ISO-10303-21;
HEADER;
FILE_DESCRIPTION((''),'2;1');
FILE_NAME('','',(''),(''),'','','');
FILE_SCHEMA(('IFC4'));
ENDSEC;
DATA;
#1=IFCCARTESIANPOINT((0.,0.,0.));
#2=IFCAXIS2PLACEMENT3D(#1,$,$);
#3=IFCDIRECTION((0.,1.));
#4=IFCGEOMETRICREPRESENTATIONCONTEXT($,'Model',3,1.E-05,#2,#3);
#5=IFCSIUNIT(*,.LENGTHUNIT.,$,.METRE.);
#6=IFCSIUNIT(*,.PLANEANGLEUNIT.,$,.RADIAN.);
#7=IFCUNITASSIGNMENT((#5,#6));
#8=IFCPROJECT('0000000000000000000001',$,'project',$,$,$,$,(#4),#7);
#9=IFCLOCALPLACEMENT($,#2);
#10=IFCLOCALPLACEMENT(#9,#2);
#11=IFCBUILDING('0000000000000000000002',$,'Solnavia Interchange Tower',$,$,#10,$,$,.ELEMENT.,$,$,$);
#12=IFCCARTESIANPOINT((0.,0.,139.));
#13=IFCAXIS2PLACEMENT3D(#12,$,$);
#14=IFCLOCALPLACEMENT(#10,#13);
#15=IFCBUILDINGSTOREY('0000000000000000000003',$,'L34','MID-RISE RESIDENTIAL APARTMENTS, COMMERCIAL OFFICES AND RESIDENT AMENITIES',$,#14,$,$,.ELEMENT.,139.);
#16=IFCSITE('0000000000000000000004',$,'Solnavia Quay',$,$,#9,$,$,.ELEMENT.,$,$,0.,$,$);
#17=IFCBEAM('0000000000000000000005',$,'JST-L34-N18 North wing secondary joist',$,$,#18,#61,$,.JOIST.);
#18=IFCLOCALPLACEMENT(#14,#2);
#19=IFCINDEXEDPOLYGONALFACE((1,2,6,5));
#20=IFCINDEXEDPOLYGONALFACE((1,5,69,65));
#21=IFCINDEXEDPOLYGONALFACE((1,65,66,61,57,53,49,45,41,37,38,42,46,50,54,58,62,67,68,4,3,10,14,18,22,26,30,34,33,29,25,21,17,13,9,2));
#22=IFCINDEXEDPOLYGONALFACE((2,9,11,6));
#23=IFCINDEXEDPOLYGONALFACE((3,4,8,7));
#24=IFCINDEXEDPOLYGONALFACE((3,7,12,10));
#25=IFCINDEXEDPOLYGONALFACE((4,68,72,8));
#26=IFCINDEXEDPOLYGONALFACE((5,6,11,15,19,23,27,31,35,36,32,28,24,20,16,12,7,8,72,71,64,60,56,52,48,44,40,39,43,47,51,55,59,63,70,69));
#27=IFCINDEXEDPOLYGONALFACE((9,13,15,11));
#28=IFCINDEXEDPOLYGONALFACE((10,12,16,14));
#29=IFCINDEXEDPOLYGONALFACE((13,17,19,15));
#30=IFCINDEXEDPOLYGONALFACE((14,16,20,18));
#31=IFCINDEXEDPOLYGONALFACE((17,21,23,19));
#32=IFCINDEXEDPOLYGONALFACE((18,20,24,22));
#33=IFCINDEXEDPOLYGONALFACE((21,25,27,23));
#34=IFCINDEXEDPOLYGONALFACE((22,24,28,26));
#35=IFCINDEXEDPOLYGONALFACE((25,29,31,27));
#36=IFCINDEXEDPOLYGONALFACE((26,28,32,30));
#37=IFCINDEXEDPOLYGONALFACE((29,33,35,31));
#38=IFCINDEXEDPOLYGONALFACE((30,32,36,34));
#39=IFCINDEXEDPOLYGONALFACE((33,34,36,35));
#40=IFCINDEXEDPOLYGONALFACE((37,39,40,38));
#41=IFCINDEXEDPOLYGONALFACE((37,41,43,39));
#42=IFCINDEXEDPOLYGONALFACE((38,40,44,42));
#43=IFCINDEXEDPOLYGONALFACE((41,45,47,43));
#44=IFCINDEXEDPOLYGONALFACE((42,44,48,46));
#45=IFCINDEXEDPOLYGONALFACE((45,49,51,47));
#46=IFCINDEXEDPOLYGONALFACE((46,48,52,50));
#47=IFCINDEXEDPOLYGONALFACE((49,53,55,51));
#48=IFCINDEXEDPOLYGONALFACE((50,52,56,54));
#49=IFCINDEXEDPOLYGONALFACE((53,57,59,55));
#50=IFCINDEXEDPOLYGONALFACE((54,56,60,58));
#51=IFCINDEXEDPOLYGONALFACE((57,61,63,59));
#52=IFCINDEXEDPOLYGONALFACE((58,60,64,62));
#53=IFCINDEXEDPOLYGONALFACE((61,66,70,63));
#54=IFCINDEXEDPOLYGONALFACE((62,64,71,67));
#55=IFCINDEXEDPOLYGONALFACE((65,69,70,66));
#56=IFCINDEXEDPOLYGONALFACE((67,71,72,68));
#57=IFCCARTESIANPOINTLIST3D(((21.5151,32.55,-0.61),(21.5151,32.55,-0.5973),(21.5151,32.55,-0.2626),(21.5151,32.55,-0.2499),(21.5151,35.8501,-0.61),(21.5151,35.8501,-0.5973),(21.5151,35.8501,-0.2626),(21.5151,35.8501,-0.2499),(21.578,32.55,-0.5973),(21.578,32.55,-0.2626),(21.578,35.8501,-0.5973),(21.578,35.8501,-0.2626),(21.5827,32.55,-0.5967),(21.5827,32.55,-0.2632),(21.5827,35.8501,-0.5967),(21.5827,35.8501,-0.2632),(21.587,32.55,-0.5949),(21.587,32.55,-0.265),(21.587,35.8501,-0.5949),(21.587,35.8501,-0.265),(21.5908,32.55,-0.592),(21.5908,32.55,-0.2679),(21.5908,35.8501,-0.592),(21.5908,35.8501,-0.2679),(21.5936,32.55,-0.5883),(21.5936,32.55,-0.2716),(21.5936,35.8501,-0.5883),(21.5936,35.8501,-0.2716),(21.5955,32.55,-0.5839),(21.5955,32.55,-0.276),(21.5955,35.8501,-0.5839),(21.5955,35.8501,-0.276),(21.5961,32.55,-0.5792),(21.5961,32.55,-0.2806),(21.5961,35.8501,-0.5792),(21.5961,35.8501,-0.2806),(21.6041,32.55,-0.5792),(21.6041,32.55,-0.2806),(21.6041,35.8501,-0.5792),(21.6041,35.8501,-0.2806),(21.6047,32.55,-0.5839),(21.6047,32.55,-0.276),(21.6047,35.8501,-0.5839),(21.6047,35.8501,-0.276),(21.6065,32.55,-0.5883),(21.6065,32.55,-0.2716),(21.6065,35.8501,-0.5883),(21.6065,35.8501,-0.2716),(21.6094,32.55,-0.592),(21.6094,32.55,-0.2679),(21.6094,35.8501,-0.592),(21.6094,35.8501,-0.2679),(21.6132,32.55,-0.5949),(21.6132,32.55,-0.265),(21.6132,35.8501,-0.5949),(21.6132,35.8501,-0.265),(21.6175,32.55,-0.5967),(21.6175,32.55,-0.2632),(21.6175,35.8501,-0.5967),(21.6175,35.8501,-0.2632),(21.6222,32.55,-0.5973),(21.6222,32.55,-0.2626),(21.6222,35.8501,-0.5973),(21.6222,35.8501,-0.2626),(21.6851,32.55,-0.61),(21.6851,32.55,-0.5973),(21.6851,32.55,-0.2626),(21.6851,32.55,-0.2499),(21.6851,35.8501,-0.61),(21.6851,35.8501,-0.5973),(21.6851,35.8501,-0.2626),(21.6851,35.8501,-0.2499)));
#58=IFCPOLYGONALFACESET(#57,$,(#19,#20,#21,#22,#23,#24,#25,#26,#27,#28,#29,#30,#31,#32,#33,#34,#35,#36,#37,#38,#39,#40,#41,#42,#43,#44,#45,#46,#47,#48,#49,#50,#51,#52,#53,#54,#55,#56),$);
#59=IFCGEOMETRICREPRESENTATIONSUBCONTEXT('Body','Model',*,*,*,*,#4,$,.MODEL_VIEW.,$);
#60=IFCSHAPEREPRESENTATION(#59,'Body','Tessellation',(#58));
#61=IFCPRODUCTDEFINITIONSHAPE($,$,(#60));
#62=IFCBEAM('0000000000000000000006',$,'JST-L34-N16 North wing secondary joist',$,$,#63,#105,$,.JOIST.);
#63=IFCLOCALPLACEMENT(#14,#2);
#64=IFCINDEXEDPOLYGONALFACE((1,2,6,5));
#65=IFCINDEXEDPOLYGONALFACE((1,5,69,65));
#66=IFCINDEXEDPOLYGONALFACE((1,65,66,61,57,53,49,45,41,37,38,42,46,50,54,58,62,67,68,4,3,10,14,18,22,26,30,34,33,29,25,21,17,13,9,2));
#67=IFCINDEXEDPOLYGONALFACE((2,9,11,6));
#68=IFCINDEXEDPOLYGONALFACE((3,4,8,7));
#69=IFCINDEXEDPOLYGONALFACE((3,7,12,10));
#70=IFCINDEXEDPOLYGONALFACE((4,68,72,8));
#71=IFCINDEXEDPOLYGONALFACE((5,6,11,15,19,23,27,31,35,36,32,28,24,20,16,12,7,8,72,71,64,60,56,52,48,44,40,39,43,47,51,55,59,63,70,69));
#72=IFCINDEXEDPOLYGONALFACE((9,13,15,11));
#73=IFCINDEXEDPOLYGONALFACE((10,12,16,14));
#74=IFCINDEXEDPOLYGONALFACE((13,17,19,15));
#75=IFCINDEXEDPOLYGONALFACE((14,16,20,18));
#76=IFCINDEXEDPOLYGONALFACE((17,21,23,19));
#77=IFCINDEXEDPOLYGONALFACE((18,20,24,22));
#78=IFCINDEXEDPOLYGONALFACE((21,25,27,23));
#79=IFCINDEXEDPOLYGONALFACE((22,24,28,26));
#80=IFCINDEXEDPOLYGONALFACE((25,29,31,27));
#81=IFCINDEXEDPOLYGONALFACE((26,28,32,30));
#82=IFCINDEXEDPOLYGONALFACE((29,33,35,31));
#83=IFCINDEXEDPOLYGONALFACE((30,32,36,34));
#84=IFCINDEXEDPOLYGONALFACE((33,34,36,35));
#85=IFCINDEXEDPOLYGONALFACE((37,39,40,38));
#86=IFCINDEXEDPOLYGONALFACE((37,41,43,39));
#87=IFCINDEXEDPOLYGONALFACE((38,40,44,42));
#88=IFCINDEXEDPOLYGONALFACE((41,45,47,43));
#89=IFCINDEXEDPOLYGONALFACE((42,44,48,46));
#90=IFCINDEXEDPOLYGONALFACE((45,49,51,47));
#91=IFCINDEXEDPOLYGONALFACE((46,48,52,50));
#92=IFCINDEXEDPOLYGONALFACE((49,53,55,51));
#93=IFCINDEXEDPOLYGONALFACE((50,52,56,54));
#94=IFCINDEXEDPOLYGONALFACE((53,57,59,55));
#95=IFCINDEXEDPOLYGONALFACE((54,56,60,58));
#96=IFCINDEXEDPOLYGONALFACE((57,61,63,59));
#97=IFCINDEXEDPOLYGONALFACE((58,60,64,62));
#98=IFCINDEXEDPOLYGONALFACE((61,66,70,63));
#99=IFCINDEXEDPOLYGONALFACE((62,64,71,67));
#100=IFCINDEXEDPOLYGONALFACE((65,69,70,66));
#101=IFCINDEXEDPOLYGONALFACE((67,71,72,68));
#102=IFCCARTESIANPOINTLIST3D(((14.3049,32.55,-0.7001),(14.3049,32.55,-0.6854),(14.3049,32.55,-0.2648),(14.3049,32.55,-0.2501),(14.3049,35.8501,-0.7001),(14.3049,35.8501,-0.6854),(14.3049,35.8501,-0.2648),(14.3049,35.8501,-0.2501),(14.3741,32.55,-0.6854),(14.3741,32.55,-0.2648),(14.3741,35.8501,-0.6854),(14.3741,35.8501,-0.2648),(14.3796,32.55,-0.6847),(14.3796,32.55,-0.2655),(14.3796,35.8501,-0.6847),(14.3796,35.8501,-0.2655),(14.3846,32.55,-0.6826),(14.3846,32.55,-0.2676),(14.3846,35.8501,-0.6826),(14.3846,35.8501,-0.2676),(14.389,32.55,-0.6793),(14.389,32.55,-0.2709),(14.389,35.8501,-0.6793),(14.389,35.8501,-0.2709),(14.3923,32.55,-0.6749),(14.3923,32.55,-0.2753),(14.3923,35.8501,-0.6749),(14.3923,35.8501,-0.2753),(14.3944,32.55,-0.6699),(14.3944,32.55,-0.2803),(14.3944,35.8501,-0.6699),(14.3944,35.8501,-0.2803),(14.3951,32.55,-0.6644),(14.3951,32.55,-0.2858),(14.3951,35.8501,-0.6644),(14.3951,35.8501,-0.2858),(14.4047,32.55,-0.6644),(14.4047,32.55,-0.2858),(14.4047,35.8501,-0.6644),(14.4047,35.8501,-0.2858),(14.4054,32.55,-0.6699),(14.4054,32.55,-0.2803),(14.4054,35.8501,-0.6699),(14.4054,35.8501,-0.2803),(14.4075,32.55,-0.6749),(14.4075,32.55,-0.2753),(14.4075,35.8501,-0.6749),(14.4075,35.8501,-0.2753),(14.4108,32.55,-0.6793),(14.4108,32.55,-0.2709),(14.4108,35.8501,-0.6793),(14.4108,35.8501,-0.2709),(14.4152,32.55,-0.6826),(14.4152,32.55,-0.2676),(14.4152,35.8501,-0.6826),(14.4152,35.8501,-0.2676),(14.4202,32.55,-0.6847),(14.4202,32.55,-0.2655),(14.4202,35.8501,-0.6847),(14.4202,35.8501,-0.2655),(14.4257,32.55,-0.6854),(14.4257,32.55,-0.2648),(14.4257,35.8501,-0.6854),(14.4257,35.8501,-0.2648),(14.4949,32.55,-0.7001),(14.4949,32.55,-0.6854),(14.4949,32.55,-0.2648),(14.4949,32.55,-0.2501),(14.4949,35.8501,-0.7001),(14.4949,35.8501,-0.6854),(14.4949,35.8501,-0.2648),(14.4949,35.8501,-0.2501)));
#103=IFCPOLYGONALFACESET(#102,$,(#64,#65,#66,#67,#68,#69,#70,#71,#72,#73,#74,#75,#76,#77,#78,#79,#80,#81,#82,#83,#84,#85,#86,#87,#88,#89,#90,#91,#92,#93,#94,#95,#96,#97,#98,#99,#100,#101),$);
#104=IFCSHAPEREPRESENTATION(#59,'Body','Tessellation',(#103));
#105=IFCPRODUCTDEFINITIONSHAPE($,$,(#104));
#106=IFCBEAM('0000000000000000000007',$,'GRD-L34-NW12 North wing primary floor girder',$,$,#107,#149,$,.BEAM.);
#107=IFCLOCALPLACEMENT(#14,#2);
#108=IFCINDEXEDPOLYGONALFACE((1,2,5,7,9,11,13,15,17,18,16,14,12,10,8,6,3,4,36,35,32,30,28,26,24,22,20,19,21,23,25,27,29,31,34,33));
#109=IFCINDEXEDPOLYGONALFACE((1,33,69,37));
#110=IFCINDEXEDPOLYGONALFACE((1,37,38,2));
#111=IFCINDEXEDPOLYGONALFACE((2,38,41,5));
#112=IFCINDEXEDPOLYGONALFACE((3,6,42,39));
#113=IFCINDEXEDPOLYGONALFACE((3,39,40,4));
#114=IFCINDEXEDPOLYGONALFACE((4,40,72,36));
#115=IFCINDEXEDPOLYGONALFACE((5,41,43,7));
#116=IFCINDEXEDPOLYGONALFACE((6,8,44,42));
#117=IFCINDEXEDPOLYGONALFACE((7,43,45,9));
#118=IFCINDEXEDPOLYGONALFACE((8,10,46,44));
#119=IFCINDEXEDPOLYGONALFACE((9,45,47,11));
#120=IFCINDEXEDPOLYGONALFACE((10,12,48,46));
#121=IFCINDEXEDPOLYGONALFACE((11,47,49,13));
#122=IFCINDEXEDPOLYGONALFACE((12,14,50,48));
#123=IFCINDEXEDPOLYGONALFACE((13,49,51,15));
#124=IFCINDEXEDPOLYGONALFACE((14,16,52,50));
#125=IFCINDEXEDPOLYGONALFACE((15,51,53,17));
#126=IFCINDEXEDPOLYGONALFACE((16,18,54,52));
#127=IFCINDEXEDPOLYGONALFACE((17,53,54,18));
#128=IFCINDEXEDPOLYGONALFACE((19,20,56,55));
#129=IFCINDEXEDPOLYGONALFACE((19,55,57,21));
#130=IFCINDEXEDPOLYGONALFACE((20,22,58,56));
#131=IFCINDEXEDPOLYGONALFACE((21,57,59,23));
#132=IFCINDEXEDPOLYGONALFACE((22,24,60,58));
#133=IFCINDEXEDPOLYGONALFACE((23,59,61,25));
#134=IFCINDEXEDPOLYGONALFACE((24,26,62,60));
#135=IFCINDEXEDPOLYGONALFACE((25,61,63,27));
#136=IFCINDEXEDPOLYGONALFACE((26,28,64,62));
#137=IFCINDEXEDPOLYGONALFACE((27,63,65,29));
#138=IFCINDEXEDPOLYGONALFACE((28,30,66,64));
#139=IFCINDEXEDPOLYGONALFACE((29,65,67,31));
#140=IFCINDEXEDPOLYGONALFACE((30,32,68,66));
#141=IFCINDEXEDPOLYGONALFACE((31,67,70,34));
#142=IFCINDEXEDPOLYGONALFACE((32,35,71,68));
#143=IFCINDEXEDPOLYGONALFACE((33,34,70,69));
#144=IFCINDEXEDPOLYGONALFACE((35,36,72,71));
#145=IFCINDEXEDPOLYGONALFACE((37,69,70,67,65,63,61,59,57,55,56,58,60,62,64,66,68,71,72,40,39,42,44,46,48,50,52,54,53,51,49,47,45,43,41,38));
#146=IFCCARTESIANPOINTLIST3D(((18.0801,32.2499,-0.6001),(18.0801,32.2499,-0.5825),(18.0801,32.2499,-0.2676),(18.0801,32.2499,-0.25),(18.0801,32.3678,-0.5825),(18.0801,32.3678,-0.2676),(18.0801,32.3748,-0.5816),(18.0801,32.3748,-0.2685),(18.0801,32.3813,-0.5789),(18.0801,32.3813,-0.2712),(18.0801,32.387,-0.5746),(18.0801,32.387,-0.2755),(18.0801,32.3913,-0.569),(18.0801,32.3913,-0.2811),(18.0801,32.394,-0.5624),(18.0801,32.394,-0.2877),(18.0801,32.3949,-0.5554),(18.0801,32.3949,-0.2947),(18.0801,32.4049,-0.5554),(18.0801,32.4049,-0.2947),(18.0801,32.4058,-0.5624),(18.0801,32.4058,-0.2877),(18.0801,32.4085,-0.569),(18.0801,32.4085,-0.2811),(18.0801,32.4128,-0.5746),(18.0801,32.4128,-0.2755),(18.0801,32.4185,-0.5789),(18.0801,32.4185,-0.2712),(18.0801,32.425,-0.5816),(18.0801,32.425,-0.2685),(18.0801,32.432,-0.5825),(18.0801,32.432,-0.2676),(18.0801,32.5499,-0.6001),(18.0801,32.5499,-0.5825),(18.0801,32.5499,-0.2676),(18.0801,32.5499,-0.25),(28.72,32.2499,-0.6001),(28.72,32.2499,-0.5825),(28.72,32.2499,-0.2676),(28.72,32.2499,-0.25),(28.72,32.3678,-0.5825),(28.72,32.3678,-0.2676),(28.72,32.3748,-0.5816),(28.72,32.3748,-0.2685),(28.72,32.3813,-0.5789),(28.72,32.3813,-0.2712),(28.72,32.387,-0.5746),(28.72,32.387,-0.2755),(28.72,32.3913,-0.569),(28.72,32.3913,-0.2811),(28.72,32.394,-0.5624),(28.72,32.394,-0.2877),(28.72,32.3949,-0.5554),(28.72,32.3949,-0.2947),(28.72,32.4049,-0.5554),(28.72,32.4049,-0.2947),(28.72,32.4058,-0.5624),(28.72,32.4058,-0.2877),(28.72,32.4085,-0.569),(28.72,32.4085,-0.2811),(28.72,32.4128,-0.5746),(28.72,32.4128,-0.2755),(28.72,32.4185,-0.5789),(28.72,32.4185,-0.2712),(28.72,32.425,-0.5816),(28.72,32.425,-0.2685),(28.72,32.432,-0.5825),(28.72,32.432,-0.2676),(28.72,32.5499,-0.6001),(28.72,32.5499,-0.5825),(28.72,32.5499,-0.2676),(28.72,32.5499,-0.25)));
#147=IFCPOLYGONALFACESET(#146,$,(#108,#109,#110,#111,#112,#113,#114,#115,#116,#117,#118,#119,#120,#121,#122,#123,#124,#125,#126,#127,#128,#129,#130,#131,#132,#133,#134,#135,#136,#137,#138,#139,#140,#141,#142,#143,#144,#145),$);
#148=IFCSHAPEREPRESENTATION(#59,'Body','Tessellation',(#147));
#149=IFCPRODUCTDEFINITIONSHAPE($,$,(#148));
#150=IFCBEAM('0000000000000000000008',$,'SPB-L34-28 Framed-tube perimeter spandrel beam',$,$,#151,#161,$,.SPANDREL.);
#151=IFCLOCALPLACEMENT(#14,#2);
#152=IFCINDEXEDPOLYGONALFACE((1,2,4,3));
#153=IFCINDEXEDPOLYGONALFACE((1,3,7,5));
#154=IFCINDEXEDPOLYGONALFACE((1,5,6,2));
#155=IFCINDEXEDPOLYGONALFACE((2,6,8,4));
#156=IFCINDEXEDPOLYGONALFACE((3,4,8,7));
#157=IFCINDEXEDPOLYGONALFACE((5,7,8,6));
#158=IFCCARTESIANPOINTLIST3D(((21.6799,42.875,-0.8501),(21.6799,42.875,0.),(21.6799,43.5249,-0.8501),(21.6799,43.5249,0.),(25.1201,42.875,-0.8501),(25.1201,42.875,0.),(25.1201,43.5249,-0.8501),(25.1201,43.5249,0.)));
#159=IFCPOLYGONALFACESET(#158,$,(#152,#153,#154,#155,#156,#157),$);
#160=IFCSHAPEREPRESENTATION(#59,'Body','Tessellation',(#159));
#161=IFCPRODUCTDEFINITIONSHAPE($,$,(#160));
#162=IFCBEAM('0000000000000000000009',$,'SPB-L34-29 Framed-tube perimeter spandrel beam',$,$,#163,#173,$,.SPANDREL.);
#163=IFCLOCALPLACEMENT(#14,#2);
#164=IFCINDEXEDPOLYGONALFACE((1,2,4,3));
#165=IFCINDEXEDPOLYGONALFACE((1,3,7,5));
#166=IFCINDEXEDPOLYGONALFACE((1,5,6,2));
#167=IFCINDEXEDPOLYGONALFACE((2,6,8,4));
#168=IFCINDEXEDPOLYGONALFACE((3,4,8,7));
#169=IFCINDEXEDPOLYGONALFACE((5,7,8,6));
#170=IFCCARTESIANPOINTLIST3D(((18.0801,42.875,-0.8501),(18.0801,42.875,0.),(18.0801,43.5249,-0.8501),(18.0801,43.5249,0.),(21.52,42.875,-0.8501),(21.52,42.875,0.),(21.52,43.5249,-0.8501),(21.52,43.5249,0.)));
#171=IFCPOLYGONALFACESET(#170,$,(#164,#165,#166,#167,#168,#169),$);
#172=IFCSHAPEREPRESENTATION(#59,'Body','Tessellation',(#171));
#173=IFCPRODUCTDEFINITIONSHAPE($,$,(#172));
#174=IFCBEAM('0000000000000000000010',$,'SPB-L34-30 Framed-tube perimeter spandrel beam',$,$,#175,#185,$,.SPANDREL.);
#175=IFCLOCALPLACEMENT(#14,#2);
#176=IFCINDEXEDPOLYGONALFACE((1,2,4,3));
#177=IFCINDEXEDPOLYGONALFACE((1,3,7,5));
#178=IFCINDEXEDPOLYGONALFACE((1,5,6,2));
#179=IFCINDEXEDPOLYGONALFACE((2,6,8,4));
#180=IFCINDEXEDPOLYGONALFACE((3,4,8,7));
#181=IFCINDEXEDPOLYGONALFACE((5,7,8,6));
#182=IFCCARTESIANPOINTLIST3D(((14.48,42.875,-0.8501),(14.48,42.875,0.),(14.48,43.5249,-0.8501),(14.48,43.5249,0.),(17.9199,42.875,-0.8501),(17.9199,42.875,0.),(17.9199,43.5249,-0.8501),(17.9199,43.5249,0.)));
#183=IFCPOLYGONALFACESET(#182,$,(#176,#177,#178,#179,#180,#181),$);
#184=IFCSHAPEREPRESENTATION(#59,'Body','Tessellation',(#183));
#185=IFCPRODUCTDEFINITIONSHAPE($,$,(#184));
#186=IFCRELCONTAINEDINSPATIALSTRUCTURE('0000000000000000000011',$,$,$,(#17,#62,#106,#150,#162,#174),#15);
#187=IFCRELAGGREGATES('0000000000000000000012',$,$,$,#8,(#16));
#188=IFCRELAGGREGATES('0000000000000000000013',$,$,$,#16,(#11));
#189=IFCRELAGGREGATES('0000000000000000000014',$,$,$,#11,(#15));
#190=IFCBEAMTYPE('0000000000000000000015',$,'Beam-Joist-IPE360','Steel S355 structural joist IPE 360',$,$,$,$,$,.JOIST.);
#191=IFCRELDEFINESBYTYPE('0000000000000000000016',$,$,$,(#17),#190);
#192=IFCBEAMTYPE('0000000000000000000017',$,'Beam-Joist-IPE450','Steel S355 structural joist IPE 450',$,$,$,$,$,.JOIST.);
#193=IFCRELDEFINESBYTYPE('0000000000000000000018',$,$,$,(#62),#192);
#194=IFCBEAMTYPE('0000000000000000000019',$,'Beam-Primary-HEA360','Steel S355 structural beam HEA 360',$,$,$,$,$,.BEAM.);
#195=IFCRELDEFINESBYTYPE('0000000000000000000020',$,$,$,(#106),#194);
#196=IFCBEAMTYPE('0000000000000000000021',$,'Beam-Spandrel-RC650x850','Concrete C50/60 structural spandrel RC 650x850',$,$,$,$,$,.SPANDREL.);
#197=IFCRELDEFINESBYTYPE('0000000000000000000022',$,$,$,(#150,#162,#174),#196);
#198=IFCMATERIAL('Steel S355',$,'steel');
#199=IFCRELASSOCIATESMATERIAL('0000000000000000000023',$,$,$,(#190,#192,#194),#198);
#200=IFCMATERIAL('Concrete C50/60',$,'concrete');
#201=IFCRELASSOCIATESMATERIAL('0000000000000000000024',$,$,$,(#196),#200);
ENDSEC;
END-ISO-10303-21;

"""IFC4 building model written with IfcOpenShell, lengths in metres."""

from ifc_helpers import new_model, si_unit, direction, frame, origin, origin_2d, place, context, subcontext, project, spatial, rectangle, i_section, extrude, material, material_profile, profile_set, type_object, element, save


model = new_model("IFC4")

# Units and contexts
model_context = context("Model", 3, precision=1e-05, world=origin(), true_north=direction((0.0, 1.0)))
body_context = subcontext(model_context, "Body", "Model", "MODEL_VIEW")
ifc_project = project(units=[si_unit("LENGTHUNIT", "METRE"), si_unit("PLANEANGLEUNIT", "RADIAN")], contexts=[model_context])

# Site, building, storey
site_placement = place(None, origin())
site = spatial("IfcSite", under=ifc_project, at=site_placement, Name="Solnavia Quay", CompositionType="ELEMENT", RefElevation=0.0)
building_placement = place(site_placement, origin())
building = spatial("IfcBuilding", under=site, at=building_placement, Name="Solnavia Interchange Tower", CompositionType="ELEMENT")
storey_placement = place(building_placement, frame((0.0, 0.0, 139.0)))
storey = spatial("IfcBuildingStorey", under=building, at=storey_placement, Name="L34", Description="MID-RISE RESIDENTIAL APARTMENTS, COMMERCIAL OFFICES AND RESIDENT AMENITIES", CompositionType="ELEMENT", Elevation=139.0)

# Shared definitions
ifc_material_1 = material(Name="Concrete C50/60", Category="concrete")
ifc_material_2 = material(Name="Steel S355", Category="steel")

# Beams
ifc_material_profile_1 = material_profile(ifc_material_2, i_section(OverallWidth=0.1699, OverallDepth=0.3601, WebThickness=0.0081, FlangeThickness=0.0127, FilletRadius=0.0181, at=origin_2d()), Name="IPE 360")
ifc_profile_set_1 = profile_set([ifc_material_profile_1], Name="Steel S355")
beam_type_1 = type_object("IfcBeamType", Name="Beam-Joist-IPE360", Description="Steel S355 structural joist IPE 360", PredefinedType="JOIST", material=ifc_profile_set_1)
beam_1_placement = place(storey_placement, frame((21.6001, 32.55, -0.4299), z_axis=(0.0, 1.0, 0.0), x_axis=(-1.0, 0.0, 0.0)))
element("IfcBeam", 1, at=beam_1_placement, inside=storey, type_object=beam_type_1, Name="JST-L34-N18 North wing secondary joist", PredefinedType="JOIST", context=body_context, shape_type="SweptSolid", body=[
    extrude(i_section(OverallWidth=0.1699, OverallDepth=0.3601, WebThickness=0.0081, FlangeThickness=0.0127, FilletRadius=0.0181, at=origin_2d()), origin(), (0.0, 0.0, 1.0), 3.3),
])
ifc_material_profile_2 = material_profile(ifc_material_2, i_section(OverallWidth=0.1899, OverallDepth=0.45, WebThickness=0.0095, FlangeThickness=0.0146, FilletRadius=0.021, at=origin_2d()), Name="IPE 450")
ifc_profile_set_2 = profile_set([ifc_material_profile_2], Name="Steel S355")
beam_type_2 = type_object("IfcBeamType", Name="Beam-Joist-IPE450", Description="Steel S355 structural joist IPE 450", PredefinedType="JOIST", material=ifc_profile_set_2)
beam_2_placement = place(storey_placement, frame((14.3999, 32.55, -0.4751), z_axis=(0.0, 1.0, 0.0), x_axis=(-1.0, 0.0, 0.0)))
element("IfcBeam", 2, at=beam_2_placement, inside=storey, type_object=beam_type_2, Name="JST-L34-N16 North wing secondary joist", PredefinedType="JOIST", context=body_context, shape_type="SweptSolid", body=[
    extrude(i_section(OverallWidth=0.1899, OverallDepth=0.45, WebThickness=0.0095, FlangeThickness=0.0146, FilletRadius=0.021, at=origin_2d()), origin(), (0.0, 0.0, 1.0), 3.3),
])
ifc_material_profile_3 = material_profile(ifc_material_2, i_section(OverallWidth=0.3, OverallDepth=0.3501, WebThickness=0.01, FlangeThickness=0.0176, FilletRadius=0.0271, at=origin_2d()), Name="HEA 360")
ifc_profile_set_3 = profile_set([ifc_material_profile_3], Name="Steel S355")
beam_type_3 = type_object("IfcBeamType", Name="Beam-Primary-HEA360", Description="Steel S355 structural beam HEA 360", PredefinedType="BEAM", material=ifc_profile_set_3)
beam_3_placement = place(storey_placement, frame((18.0801, 32.3999, -0.425), z_axis=(1.0, 0.0, 0.0), x_axis=(0.0, 1.0, 0.0)))
element("IfcBeam", 3, at=beam_3_placement, inside=storey, type_object=beam_type_3, Name="GRD-L34-NW12 North wing primary floor girder", PredefinedType="BEAM", context=body_context, shape_type="SweptSolid", body=[
    extrude(i_section(OverallWidth=0.3, OverallDepth=0.3501, WebThickness=0.01, FlangeThickness=0.0176, FilletRadius=0.0271, at=origin_2d()), origin(), (0.0, 0.0, 1.0), 10.6399),
])
ifc_material_profile_4 = material_profile(ifc_material_1, rectangle(XDim=0.6499, YDim=0.8501, at=origin_2d()), Name="RC 650x850")
ifc_profile_set_4 = profile_set([ifc_material_profile_4], Name="Concrete C50/60")
beam_type_4 = type_object("IfcBeamType", Name="Beam-Spandrel-RC650x850", Description="Concrete C50/60 structural spandrel RC 650x850", PredefinedType="SPANDREL", material=ifc_profile_set_4)
beam_4_placement = place(storey_placement, frame((25.1201, 43.2, -0.425), z_axis=(-1.0, 0.0, 0.0), x_axis=(0.0, -1.0, 0.0)))
element("IfcBeam", 4, at=beam_4_placement, inside=storey, type_object=beam_type_4, Name="SPB-L34-28 Framed-tube perimeter spandrel beam", PredefinedType="SPANDREL", context=body_context, shape_type="SweptSolid", body=[
    extrude(rectangle(XDim=0.6499, YDim=0.8501, at=origin_2d()), origin(), (0.0, 0.0, 1.0), 3.4402),
])
for number, where, z_axis, x_axis, name in (
    (5, (21.52, 43.2, -0.425), (-1.0, 0.0, 0.0), (0.0, -1.0, 0.0), "SPB-L34-29 Framed-tube perimeter spandrel beam"),
    (6, (17.9199, 43.2, -0.425), (-1.0, 0.0, 0.0), (0.0, -1.0, 0.0), "SPB-L34-30 Framed-tube perimeter spandrel beam"),
):
    element("IfcBeam", number, at=place(storey_placement, frame(where, z_axis=z_axis, x_axis=x_axis)), inside=storey, type_object=beam_type_4, Name=name, PredefinedType="SPANDREL", context=body_context, shape_type="SweptSolid", body=[
        extrude(rectangle(XDim=0.6499, YDim=0.8501, at=origin_2d()), origin(), (0.0, 0.0, 1.0), 3.4399),
    ])

save(model, "model.ifc")
